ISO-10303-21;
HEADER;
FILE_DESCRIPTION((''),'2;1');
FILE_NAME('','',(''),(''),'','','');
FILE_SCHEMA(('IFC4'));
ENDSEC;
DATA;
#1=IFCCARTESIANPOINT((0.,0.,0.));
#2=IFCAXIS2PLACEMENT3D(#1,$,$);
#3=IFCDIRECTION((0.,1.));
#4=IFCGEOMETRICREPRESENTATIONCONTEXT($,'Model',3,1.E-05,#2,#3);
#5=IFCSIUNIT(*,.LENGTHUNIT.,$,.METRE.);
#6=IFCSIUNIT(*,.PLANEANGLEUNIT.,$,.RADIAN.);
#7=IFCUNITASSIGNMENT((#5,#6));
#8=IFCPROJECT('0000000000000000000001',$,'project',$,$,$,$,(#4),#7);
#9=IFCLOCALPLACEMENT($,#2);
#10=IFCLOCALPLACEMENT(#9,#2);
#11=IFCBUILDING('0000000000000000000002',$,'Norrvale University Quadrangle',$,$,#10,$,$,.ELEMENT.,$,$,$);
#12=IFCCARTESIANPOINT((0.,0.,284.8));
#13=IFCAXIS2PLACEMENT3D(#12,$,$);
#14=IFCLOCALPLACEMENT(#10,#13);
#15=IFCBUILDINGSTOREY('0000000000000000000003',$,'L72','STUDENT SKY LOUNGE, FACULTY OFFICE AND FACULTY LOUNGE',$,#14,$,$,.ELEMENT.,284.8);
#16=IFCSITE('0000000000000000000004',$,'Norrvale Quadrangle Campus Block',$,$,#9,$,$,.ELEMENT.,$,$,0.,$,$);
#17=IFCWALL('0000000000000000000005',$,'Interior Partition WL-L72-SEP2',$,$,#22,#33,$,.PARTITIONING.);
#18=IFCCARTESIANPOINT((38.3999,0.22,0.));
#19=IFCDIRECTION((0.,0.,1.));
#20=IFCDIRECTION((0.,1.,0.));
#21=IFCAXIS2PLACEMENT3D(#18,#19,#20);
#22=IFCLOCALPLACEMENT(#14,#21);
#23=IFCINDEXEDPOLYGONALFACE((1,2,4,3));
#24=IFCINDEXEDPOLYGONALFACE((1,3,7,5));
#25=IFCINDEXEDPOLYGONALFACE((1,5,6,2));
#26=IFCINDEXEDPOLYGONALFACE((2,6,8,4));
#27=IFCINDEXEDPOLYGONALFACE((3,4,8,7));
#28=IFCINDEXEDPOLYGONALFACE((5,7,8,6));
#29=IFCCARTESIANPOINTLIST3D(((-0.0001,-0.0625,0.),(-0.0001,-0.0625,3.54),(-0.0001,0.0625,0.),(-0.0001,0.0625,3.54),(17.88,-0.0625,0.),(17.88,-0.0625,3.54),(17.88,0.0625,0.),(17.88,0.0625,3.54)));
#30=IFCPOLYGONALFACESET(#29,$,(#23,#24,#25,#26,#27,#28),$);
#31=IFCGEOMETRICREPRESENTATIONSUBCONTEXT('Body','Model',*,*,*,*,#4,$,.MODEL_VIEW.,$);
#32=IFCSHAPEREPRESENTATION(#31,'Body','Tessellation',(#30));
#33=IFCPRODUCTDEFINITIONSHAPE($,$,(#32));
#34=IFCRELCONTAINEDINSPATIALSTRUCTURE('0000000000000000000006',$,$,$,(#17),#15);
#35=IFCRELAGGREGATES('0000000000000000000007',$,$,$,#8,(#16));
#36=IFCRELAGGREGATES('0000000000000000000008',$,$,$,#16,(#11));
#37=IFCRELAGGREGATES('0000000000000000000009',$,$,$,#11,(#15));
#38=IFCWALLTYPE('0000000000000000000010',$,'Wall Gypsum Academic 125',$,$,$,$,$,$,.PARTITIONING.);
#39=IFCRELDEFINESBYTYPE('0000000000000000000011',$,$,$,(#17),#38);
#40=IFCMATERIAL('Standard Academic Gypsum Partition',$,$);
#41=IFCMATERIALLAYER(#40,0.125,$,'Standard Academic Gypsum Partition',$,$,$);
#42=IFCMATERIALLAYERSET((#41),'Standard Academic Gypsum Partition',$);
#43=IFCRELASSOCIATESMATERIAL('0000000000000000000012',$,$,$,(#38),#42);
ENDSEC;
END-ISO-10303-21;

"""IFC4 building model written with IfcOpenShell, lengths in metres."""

from ifc_helpers import new_model, si_unit, direction, frame, frame_2d, origin, place, context, subcontext, project, spatial, rectangle, extrude, material, layer, layer_set, type_object, element, save


model = new_model("IFC4")

# Units and contexts
model_context = context("Model", 3, precision=1e-05, world=origin(), true_north=direction((0.0, 1.0)))
body_context = subcontext(model_context, "Body", "Model", "MODEL_VIEW")
ifc_project = project(units=[si_unit("LENGTHUNIT", "METRE"), si_unit("PLANEANGLEUNIT", "RADIAN")], contexts=[model_context])

# Site, building, storey
site_placement = place(None, origin())
site = spatial("IfcSite", under=ifc_project, at=site_placement, Name="Norrvale Quadrangle Campus Block", CompositionType="ELEMENT", RefElevation=0.0)
building_placement = place(site_placement, origin())
building = spatial("IfcBuilding", under=site, at=building_placement, Name="Norrvale University Quadrangle", CompositionType="ELEMENT")
storey_placement = place(building_placement, frame((0.0, 0.0, 284.8)))
storey = spatial("IfcBuildingStorey", under=building, at=storey_placement, Name="L72", Description="STUDENT SKY LOUNGE, FACULTY OFFICE AND FACULTY LOUNGE", CompositionType="ELEMENT", Elevation=284.8)

# Wall
ifc_material_1 = material(Name="Standard Academic Gypsum Partition")
ifc_layer_1 = layer(ifc_material_1, 0.125, Name="Standard Academic Gypsum Partition")
ifc_layer_set_1 = layer_set([ifc_layer_1], Name="Standard Academic Gypsum Partition")
wall_type_1 = type_object("IfcWallType", Name="Wall Gypsum Academic 125", PredefinedType="PARTITIONING", material=ifc_layer_set_1)
wall_1_placement = place(storey_placement, frame((38.3999, 0.22, 0.0), z_axis=(0.0, 0.0, 1.0), x_axis=(0.0, 1.0, 0.0)))
element("IfcWall", 1, at=wall_1_placement, inside=storey, type_object=wall_type_1, Name="Interior Partition WL-L72-SEP2", PredefinedType="PARTITIONING", context=body_context, shape_type="SweptSolid", body=[
    extrude(rectangle(XDim=17.8801, YDim=0.125, at=frame_2d((8.9399, 0.0))), origin(), (0.0, 0.0, 1.0), 3.54),
])

save(model, "model.ifc")
